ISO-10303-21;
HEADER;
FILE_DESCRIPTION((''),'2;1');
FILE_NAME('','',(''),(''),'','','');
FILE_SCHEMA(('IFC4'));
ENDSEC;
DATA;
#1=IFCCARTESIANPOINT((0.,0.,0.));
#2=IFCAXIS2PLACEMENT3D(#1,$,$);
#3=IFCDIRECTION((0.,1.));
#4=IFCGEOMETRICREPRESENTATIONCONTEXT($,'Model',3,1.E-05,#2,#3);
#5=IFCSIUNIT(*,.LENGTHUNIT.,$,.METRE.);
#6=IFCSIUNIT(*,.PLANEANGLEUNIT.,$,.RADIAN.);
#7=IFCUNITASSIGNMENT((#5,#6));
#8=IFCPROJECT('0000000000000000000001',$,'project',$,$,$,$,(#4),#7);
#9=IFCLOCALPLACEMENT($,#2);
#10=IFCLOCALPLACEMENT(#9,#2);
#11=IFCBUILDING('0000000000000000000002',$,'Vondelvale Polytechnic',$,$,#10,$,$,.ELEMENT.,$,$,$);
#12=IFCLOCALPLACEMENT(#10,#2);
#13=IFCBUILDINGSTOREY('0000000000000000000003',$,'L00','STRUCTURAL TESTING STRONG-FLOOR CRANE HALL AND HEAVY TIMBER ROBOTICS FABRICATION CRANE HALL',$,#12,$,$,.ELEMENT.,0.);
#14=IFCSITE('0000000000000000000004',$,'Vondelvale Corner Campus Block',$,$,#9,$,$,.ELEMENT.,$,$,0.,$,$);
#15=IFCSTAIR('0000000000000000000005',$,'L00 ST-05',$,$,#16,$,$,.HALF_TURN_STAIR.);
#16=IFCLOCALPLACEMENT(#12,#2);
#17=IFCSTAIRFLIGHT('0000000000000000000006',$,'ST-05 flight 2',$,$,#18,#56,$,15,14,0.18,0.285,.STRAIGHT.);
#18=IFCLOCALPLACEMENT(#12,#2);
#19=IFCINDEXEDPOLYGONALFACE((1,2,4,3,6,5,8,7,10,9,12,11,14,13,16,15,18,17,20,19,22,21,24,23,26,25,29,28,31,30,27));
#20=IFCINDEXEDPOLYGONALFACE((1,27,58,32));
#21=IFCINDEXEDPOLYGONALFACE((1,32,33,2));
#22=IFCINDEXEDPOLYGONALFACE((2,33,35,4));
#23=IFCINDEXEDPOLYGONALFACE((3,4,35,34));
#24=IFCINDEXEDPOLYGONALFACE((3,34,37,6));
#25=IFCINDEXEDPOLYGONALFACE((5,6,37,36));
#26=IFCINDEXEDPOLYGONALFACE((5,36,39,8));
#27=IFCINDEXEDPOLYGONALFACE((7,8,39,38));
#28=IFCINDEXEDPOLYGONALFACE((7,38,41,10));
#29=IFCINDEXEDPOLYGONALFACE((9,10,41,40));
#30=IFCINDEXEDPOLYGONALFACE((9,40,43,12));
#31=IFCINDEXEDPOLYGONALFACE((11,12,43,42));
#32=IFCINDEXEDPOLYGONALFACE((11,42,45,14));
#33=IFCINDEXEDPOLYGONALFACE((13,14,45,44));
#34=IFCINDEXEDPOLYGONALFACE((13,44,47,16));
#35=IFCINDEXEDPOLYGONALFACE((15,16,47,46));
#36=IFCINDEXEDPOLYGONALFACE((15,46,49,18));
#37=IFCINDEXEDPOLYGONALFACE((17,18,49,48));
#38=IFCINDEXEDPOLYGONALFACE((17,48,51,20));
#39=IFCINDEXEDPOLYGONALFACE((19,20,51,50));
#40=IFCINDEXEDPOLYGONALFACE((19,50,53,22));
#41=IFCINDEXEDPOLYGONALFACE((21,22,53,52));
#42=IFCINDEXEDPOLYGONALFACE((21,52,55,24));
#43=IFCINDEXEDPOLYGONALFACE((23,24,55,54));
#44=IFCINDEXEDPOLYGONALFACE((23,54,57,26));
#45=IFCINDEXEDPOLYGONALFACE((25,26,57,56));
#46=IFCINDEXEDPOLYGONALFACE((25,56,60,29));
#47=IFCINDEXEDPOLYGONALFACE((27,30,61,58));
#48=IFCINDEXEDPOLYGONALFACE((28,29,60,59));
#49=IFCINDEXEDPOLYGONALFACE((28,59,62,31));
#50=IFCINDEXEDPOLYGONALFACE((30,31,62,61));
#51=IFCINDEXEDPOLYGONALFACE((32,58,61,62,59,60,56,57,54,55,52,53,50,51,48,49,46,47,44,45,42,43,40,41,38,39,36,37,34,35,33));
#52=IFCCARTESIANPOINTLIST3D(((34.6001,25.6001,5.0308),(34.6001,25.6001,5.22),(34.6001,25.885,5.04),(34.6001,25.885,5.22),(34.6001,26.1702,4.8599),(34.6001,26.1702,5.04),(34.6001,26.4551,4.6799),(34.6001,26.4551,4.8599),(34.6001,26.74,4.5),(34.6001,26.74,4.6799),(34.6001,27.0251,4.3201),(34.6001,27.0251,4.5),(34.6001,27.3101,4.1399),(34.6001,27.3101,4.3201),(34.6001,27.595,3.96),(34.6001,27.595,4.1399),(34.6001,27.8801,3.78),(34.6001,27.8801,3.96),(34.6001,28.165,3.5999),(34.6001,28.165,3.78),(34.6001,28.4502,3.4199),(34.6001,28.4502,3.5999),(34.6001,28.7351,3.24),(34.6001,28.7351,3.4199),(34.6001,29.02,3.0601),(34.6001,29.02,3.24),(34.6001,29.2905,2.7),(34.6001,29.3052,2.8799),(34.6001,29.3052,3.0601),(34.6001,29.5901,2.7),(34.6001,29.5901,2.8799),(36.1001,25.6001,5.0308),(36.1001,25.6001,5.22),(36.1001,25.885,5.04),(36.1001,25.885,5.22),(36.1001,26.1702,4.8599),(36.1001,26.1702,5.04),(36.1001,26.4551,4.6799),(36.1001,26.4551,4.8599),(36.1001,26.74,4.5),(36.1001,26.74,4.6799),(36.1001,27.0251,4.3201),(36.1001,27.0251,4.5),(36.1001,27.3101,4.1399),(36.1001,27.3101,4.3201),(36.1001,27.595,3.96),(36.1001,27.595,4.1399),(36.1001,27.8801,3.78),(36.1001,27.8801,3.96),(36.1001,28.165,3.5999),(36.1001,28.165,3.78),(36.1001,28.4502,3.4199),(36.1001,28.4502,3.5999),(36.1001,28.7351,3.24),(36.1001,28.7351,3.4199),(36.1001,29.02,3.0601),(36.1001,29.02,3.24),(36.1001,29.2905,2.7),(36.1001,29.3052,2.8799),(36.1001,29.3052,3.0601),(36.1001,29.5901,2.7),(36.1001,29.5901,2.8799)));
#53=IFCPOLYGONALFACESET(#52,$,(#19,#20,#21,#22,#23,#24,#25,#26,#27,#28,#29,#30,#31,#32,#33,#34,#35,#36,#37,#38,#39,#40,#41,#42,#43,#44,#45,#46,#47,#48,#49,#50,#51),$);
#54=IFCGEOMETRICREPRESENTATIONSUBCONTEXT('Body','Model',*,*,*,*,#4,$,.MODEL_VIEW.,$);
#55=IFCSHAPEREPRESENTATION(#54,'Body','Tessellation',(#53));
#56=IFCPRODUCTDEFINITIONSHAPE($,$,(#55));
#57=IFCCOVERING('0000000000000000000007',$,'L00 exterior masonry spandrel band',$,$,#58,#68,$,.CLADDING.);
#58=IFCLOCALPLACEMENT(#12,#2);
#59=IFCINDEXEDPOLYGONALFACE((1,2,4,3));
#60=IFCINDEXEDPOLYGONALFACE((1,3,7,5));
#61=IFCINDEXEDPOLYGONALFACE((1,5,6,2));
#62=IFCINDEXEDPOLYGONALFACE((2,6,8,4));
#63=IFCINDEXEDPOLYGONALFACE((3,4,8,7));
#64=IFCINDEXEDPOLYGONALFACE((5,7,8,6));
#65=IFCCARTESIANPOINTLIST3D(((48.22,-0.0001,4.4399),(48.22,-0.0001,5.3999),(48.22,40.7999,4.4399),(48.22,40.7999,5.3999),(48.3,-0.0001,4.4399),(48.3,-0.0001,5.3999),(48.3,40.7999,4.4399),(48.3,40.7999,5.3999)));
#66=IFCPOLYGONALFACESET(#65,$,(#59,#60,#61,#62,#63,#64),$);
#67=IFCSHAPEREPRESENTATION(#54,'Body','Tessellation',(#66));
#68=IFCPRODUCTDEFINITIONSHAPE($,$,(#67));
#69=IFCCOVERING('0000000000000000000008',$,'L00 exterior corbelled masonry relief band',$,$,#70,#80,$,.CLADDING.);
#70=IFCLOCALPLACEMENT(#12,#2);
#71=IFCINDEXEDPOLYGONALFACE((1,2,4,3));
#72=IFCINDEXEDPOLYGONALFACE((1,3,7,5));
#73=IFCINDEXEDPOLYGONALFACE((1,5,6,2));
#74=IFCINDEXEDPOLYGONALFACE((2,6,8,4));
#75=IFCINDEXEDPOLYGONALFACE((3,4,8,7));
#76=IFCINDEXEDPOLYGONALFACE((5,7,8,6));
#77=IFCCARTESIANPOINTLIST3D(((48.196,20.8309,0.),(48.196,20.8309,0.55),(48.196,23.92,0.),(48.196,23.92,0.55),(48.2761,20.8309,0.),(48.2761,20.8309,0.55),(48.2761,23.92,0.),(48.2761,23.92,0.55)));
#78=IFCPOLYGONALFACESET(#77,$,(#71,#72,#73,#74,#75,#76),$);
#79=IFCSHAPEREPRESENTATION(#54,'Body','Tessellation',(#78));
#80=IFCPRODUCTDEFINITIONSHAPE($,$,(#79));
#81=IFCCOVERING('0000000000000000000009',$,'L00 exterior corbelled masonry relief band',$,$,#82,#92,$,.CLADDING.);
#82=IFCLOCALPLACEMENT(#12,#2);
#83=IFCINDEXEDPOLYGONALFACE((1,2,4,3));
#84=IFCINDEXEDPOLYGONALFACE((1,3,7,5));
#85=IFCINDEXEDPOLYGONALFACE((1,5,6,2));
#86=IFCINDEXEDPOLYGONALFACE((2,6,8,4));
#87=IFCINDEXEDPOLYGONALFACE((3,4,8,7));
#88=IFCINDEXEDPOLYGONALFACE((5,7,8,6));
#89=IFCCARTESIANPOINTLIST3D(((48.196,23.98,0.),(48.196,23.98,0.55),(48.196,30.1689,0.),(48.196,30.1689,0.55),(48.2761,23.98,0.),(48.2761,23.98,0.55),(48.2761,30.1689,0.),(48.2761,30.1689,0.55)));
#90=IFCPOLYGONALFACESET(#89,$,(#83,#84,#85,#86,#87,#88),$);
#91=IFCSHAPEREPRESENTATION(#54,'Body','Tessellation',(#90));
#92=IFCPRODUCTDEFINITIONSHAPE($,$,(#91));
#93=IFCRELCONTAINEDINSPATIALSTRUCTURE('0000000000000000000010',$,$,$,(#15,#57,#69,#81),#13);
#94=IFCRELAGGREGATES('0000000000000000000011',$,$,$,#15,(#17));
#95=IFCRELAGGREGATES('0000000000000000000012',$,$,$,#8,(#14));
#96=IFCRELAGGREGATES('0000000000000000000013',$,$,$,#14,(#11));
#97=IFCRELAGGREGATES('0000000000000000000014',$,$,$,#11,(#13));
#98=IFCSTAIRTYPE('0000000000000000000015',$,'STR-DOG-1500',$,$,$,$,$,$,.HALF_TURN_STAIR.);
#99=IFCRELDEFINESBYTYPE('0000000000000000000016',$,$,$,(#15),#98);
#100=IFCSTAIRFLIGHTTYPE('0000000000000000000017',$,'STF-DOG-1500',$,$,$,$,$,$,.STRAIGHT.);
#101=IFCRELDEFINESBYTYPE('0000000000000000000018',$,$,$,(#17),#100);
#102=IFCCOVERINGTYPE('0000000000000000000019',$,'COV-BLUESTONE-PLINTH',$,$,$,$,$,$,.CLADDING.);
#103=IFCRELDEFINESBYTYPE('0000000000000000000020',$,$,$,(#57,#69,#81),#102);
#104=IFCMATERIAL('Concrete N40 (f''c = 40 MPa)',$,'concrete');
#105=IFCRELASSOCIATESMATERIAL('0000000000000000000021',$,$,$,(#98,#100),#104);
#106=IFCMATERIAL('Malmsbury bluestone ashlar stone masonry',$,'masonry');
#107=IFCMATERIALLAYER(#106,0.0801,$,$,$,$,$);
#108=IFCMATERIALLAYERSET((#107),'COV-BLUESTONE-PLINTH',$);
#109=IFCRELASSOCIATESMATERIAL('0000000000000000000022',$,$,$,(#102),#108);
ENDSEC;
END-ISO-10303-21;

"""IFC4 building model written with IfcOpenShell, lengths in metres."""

from ifc_helpers import new_model, si_unit, direction, frame, origin, origin_2d, place, context, subcontext, project, spatial, polyline, rectangle, outline, extrude, material, layer, layer_set, type_object, element, aggregate, save


model = new_model("IFC4")

# Units and contexts
model_context = context("Model", 3, precision=1e-05, world=origin(), true_north=direction((0.0, 1.0)))
body_context = subcontext(model_context, "Body", "Model", "MODEL_VIEW")
ifc_project = project(units=[si_unit("LENGTHUNIT", "METRE"), si_unit("PLANEANGLEUNIT", "RADIAN")], contexts=[model_context])

# Site, building, storey
site_placement = place(None, origin())
site = spatial("IfcSite", under=ifc_project, at=site_placement, Name="Vondelvale Corner Campus Block", CompositionType="ELEMENT", RefElevation=0.0)
building_placement = place(site_placement, origin())
building = spatial("IfcBuilding", under=site, at=building_placement, Name="Vondelvale Polytechnic", CompositionType="ELEMENT")
storey_placement = place(building_placement, origin())
storey = spatial("IfcBuildingStorey", under=building, at=storey_placement, Name="L00", Description="STRUCTURAL TESTING STRONG-FLOOR CRANE HALL AND HEAVY TIMBER ROBOTICS FABRICATION CRANE HALL", CompositionType="ELEMENT", Elevation=0.0)

# Shared definitions
ifc_material_1 = material(Name="Concrete N40 (f'c = 40 MPa)", Category="concrete")

# Shared definitions
ifc_material_2 = material(Name="Malmsbury bluestone ashlar stone masonry", Category="masonry")

# Stair, stair flight
stair_type = type_object("IfcStairType", Name="STR-DOG-1500", PredefinedType="HALF_TURN_STAIR", material=ifc_material_1)
stair_placement = place(storey_placement, origin())
stair = element("IfcStair", 1, at=stair_placement, inside=storey, type_object=stair_type, Name="L00 ST-05", PredefinedType="HALF_TURN_STAIR")
stair_flight_type = type_object("IfcStairFlightType", Name="STF-DOG-1500", PredefinedType="STRAIGHT", material=ifc_material_1)
stair_flight_1_placement = place(storey_placement, frame((35.3501, 29.5901, 2.7), z_axis=(0.0, 0.0, 1.0), x_axis=(0.0, -1.0, 0.0)))
stair_flight_1 = element("IfcStairFlight", 2, at=stair_flight_1_placement, type_object=stair_flight_type, Name="ST-05 flight 2", NumberOfRisers=15, NumberOfTreads=14, PredefinedType="STRAIGHT", RiserHeight=0.18, TreadLength=0.285, context=body_context, shape_type="SweptSolid", body=[
    extrude(outline(polyline([(0.0, 0.0), (0.0, 0.1799), (0.2849, 0.1799), (0.2849, 0.3601), (0.5701, 0.3601), (0.5701, 0.54), (0.855, 0.54), (0.855, 0.72), (1.1399, 0.72), (1.1399, 0.8999), (1.425, 0.8999), (1.425, 1.0801), (1.71, 1.0801), (1.71, 1.26), (1.9951, 1.26), (1.9951, 1.4399), (2.28, 1.4399), (2.28, 1.6201), (2.5649, 1.6201), (2.5649, 1.8), (2.8501, 1.8), (2.8501, 1.98), (3.135, 1.98), (3.135, 2.1599), (3.4199, 2.1599), (3.4199, 2.3401), (3.7051, 2.3401), (3.7051, 2.52), (3.99, 2.52), (3.99, 2.7), (3.99, 2.3308), (0.2996, 0.0), (0.0, 0.0)])), frame((0.0, 0.75, 0.0), z_axis=(0.0, -1.0, 0.0), x_axis=(1.0, 0.0, 0.0)), (0.0, 0.0, 1.0), 1.5),
])
aggregate(stair, [stair_flight_1])

# Coverings
ifc_layer_1 = layer(ifc_material_2, 0.0801)
ifc_layer_set_1 = layer_set([ifc_layer_1], Name="COV-BLUESTONE-PLINTH")
covering_type = type_object("IfcCoveringType", Name="COV-BLUESTONE-PLINTH", PredefinedType="CLADDING", material=ifc_layer_set_1)
covering_1_placement = place(storey_placement, frame((48.26, 20.3999, 4.4399), z_axis=(0.0, 0.0, 1.0), x_axis=(0.0, 1.0, 0.0)))
element("IfcCovering", 3, at=covering_1_placement, inside=storey, type_object=covering_type, Name="L00 exterior masonry spandrel band", PredefinedType="CLADDING", context=body_context, shape_type="SweptSolid", body=[
    extrude(rectangle(XDim=40.8, YDim=0.0801, at=origin_2d()), origin(), (0.0, 0.0, 1.0), 0.96),
])
covering_2_placement = place(storey_placement, frame((48.2361, 22.3755, 0.0), z_axis=(0.0, 0.0, 1.0), x_axis=(0.0, -1.0, 0.0)))
element("IfcCovering", 4, at=covering_2_placement, inside=storey, type_object=covering_type, Name="L00 exterior corbelled masonry relief band", PredefinedType="CLADDING", context=body_context, shape_type="SweptSolid", body=[
    extrude(rectangle(XDim=3.0891, YDim=0.0801, at=origin_2d()), origin(), (0.0, 0.0, 1.0), 0.55),
])
covering_3_placement = place(storey_placement, frame((48.2361, 27.0745, 0.0), z_axis=(0.0, 0.0, 1.0), x_axis=(0.0, -1.0, 0.0)))
element("IfcCovering", 5, at=covering_3_placement, inside=storey, type_object=covering_type, Name="L00 exterior corbelled masonry relief band", PredefinedType="CLADDING", context=body_context, shape_type="SweptSolid", body=[
    extrude(rectangle(XDim=6.189, YDim=0.0801, at=origin_2d()), origin(), (0.0, 0.0, 1.0), 0.55),
])

save(model, "model.ifc")
